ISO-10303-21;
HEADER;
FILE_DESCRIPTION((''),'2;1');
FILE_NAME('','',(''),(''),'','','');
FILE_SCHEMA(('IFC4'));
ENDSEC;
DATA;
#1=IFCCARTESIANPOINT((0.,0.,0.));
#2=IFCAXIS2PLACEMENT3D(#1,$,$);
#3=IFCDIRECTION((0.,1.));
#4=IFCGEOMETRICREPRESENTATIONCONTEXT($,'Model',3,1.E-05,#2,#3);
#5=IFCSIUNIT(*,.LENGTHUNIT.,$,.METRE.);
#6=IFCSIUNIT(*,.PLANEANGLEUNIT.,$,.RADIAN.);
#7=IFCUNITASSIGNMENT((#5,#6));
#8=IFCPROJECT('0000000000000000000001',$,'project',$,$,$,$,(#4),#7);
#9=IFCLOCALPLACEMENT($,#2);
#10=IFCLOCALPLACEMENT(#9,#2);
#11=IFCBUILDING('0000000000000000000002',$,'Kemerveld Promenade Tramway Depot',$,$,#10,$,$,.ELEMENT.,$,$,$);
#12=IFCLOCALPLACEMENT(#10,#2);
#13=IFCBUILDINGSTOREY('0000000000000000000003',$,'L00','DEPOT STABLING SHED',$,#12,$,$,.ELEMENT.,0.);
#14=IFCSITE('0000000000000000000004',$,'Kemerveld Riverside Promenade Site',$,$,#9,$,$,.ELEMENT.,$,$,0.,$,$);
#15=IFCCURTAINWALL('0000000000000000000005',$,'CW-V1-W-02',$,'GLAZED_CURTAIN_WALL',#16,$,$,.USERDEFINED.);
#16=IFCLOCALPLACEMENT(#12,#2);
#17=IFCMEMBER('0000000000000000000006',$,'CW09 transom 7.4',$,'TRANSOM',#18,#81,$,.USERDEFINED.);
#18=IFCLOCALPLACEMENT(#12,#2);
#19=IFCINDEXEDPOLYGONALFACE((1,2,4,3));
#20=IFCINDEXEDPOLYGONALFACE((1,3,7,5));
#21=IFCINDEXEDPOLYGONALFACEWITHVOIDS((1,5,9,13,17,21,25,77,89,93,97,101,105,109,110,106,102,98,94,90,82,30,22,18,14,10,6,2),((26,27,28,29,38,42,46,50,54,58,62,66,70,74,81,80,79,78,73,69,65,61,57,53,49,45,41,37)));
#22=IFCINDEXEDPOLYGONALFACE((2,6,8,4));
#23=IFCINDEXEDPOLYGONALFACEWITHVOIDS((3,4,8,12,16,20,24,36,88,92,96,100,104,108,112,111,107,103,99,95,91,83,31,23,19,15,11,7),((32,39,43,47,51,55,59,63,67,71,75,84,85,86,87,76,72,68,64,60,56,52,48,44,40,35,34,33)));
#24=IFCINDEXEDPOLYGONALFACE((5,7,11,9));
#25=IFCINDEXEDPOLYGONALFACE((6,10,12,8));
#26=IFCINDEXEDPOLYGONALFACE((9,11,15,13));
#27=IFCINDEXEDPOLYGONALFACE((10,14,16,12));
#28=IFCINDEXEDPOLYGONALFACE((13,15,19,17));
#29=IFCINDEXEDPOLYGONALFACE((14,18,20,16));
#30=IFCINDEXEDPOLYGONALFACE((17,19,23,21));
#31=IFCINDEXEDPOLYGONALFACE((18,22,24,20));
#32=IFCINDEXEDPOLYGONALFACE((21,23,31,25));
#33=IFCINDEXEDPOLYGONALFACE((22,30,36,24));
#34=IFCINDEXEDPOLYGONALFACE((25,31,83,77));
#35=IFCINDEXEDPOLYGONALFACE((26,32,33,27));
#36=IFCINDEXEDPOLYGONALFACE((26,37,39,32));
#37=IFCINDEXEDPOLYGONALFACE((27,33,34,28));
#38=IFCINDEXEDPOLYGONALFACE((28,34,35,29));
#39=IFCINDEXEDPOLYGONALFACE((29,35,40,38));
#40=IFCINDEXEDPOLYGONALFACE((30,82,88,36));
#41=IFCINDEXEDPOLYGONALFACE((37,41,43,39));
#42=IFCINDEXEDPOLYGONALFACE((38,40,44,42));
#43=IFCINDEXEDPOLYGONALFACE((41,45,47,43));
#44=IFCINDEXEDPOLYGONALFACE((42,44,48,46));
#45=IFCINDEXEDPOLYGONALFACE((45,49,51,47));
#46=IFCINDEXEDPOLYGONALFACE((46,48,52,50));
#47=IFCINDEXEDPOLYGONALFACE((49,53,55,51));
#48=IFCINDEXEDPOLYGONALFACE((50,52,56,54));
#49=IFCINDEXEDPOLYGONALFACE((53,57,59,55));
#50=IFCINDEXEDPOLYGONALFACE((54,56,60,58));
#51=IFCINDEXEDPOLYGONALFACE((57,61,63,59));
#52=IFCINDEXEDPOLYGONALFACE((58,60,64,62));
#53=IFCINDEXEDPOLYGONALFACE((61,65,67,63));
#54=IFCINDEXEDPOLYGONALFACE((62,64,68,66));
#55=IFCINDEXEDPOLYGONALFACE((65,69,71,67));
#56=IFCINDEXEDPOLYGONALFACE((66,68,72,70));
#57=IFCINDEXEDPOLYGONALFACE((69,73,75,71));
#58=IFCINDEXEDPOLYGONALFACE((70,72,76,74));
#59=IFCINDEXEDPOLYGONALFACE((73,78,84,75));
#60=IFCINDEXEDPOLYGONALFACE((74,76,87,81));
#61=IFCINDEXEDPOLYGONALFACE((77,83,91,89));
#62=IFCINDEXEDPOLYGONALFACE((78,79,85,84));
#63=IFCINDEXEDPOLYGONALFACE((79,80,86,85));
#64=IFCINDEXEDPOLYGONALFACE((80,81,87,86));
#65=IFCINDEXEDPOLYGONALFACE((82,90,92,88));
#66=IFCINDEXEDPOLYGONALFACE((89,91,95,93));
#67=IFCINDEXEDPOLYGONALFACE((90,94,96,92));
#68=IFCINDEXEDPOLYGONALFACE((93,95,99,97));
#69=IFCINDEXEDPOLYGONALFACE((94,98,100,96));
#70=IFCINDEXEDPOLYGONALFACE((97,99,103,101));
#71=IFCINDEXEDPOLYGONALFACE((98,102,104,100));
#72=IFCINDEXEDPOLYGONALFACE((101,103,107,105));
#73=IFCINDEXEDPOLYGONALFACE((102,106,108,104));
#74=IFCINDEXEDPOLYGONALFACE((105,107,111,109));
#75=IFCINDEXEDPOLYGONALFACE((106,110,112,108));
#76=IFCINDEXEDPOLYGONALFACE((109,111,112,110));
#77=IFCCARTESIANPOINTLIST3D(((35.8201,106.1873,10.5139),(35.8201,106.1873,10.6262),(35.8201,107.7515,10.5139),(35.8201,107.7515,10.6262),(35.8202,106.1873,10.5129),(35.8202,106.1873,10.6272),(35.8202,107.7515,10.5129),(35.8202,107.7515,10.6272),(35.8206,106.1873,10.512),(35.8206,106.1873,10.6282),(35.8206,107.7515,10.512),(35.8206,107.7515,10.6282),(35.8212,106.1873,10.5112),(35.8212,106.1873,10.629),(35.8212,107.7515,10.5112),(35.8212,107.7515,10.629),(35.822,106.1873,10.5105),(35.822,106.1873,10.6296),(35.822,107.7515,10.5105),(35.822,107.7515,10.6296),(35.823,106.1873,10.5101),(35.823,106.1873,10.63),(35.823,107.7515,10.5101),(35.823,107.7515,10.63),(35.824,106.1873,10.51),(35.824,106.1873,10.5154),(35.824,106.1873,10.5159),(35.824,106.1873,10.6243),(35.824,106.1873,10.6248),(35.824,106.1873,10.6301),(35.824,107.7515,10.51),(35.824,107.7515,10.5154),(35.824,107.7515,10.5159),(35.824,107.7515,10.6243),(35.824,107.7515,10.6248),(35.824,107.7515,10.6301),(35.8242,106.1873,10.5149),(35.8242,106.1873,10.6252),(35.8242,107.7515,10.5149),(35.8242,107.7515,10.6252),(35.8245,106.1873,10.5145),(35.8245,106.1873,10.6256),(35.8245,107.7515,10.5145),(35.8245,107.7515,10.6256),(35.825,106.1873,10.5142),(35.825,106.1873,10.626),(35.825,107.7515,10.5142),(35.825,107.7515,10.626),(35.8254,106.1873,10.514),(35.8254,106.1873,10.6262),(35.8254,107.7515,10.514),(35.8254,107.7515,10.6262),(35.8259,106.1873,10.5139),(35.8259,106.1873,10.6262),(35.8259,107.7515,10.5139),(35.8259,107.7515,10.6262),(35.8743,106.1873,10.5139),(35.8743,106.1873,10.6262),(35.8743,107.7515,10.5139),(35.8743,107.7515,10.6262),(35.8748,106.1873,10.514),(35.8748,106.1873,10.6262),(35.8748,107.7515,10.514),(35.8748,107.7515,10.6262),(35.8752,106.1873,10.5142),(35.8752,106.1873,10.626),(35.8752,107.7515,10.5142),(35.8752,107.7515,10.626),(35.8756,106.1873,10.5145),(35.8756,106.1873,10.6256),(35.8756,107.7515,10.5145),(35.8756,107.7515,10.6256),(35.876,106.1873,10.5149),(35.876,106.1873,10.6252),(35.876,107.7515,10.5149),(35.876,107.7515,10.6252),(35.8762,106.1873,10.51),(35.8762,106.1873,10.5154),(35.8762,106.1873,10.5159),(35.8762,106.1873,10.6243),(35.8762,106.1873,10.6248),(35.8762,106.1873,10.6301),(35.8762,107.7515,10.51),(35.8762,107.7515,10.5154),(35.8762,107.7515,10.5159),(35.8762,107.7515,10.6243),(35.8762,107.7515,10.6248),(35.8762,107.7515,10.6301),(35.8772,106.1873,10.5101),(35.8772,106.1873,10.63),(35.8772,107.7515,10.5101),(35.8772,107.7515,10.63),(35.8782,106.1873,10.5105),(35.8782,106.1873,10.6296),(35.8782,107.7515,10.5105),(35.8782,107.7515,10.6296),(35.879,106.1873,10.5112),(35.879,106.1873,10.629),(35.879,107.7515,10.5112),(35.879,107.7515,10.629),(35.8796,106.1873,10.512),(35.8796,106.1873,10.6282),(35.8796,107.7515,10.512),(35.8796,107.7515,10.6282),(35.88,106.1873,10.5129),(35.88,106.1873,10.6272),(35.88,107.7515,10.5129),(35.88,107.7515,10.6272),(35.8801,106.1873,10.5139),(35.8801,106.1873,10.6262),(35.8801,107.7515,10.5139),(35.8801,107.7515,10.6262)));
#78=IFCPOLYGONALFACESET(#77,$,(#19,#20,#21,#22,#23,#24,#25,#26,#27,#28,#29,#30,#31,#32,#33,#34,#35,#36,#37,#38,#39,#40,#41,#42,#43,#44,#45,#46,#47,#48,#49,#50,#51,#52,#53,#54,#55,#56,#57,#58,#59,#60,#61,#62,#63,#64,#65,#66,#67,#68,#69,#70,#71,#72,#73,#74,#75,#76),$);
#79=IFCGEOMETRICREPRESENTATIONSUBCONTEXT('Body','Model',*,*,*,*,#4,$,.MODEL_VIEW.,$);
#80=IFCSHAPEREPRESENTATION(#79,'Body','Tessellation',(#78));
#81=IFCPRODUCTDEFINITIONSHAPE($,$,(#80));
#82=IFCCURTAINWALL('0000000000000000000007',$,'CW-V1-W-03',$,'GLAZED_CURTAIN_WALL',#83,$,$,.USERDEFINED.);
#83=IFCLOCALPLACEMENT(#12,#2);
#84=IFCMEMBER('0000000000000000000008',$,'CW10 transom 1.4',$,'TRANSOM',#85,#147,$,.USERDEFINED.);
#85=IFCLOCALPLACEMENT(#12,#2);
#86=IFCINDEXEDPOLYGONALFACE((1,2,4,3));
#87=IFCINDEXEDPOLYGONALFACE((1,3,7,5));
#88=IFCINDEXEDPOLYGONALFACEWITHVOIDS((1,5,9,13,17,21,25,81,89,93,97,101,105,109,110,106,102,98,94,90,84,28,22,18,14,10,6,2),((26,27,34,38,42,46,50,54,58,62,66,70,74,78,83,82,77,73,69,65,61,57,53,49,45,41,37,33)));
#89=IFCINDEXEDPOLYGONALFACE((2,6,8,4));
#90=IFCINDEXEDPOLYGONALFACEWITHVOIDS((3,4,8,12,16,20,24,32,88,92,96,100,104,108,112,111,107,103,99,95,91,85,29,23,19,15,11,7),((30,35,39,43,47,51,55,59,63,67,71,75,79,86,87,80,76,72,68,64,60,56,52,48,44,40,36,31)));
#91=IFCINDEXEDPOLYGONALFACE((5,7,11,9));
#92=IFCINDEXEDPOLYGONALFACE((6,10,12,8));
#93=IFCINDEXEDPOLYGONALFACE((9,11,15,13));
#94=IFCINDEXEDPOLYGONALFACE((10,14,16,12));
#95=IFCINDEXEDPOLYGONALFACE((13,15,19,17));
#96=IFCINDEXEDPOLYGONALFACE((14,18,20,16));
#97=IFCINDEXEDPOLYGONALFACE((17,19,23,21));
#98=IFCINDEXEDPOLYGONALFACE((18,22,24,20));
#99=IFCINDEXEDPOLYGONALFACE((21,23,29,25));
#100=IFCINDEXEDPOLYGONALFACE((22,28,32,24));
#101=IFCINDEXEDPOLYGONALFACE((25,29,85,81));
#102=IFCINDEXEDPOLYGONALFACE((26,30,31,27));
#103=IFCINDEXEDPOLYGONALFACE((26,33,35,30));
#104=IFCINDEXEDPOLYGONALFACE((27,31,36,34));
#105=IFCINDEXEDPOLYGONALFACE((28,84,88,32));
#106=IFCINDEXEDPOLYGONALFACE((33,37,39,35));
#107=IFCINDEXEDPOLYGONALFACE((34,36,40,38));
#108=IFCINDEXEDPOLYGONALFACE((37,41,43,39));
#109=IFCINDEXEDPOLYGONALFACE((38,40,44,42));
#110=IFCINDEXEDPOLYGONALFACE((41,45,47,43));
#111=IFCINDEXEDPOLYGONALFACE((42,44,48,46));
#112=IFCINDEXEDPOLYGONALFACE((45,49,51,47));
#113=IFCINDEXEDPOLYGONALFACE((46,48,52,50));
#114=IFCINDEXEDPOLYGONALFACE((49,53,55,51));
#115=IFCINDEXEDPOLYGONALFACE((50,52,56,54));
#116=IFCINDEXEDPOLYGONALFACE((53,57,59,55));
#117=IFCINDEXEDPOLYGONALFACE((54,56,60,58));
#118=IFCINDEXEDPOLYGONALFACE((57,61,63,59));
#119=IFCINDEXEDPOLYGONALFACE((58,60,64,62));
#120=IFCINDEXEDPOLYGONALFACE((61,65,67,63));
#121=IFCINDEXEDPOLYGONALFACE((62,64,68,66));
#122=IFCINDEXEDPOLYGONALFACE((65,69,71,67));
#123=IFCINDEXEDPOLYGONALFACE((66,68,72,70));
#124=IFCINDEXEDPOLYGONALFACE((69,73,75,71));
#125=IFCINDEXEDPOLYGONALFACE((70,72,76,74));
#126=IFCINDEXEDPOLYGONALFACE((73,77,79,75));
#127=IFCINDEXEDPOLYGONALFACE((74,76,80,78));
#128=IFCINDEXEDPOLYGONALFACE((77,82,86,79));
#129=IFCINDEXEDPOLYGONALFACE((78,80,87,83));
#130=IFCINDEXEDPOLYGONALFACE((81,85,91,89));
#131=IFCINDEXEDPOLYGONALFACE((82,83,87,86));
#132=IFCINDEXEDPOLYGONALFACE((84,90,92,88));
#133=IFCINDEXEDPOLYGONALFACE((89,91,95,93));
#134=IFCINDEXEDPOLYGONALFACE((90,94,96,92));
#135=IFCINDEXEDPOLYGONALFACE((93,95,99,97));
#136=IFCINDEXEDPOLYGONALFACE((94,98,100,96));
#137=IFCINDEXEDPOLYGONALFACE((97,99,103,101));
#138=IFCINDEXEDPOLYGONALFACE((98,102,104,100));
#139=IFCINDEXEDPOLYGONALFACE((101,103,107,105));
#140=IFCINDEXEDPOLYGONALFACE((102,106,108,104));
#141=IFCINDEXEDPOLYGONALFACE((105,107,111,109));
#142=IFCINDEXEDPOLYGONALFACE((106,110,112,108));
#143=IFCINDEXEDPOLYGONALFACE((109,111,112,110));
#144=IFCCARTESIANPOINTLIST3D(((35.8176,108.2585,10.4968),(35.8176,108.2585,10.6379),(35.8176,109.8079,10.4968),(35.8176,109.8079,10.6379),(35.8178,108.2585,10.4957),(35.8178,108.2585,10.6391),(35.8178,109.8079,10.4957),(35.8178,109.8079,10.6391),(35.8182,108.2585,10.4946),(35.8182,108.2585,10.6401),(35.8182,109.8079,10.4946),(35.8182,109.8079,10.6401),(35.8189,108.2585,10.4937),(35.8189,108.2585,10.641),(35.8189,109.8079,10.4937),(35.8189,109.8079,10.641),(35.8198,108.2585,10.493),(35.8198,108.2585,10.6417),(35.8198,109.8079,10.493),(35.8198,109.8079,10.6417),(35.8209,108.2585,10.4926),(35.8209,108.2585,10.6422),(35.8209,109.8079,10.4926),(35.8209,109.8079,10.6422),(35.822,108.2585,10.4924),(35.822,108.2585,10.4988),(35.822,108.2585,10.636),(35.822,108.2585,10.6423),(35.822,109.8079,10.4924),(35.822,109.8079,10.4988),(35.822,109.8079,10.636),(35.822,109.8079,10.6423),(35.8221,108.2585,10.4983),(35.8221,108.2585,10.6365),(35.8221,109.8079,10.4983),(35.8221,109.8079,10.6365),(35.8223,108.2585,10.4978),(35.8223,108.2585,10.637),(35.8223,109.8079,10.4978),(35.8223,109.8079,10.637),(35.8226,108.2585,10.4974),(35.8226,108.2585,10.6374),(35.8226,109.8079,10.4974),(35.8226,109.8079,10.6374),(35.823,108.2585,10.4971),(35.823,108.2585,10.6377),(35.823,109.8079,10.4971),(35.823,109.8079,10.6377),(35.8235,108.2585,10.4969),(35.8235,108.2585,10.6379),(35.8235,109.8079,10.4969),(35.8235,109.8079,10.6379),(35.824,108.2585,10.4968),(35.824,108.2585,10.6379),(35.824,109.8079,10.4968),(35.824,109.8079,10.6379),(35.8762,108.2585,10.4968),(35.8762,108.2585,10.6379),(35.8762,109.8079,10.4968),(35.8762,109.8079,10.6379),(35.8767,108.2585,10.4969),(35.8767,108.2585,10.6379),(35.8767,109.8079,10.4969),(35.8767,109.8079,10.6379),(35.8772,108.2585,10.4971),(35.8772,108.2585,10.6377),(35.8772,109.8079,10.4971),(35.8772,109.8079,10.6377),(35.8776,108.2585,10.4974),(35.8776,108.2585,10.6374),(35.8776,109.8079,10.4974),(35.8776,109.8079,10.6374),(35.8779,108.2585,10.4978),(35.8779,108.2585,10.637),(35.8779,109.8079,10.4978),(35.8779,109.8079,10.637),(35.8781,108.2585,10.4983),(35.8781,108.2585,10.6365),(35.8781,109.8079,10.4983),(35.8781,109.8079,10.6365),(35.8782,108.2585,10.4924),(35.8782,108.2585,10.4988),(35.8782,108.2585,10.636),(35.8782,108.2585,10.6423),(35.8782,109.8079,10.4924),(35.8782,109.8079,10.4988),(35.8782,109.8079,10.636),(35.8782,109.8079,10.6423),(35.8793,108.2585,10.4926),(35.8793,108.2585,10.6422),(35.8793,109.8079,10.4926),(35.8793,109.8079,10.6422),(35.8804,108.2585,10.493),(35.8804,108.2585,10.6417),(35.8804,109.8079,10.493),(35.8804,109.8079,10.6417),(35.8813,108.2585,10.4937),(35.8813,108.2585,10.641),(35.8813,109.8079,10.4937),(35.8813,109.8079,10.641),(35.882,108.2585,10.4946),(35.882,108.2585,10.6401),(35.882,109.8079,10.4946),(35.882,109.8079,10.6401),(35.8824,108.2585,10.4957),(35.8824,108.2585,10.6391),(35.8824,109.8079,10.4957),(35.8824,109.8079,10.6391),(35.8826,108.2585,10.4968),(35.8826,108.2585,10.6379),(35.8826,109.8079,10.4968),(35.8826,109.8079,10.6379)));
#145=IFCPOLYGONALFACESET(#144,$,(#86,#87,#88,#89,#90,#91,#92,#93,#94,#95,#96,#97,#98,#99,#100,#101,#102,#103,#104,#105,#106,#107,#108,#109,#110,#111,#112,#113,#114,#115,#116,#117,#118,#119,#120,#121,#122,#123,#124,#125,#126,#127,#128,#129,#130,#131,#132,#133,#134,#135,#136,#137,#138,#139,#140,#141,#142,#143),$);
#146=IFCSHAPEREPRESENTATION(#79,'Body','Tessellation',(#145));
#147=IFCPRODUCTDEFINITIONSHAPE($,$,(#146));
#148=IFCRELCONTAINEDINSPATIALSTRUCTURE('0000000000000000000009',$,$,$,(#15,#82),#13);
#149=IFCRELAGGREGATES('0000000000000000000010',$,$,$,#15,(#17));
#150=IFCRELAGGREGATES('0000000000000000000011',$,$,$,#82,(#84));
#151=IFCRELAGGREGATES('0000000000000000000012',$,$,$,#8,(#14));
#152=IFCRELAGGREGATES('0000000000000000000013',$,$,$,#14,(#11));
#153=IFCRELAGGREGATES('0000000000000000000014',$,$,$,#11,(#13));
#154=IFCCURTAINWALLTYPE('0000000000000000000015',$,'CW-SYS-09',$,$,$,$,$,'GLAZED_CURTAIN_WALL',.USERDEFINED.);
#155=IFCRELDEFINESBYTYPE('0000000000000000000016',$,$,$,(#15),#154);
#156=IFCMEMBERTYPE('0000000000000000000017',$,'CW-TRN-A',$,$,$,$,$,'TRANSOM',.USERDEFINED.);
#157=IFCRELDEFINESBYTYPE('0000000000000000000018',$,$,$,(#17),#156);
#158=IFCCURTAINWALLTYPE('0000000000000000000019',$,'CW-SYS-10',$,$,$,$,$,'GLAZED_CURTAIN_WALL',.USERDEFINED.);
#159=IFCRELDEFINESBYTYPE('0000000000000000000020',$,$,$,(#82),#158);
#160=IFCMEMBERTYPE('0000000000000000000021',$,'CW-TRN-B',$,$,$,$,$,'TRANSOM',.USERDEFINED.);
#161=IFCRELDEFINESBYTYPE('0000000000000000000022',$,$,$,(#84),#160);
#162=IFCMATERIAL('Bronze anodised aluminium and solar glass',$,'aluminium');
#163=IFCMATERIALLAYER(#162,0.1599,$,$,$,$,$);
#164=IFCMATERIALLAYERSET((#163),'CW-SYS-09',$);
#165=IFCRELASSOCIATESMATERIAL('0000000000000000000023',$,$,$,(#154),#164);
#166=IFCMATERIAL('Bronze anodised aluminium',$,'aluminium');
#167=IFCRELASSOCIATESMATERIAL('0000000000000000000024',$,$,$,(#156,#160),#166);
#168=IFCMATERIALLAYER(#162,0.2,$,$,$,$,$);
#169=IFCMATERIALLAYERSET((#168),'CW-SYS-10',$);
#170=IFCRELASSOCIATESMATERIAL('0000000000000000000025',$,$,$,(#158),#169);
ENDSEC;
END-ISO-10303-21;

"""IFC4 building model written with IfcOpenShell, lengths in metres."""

from ifc_helpers import new_model, si_unit, direction, frame, origin, origin_2d, place, context, subcontext, project, spatial, hollow_rectangle, extrude, material, layer, layer_set, material_profile, profile_set, type_object, element, aggregate, save


model = new_model("IFC4")

# Units and contexts
model_context = context("Model", 3, precision=1e-05, world=origin(), true_north=direction((0.0, 1.0)))
body_context = subcontext(model_context, "Body", "Model", "MODEL_VIEW")
ifc_project = project(units=[si_unit("LENGTHUNIT", "METRE"), si_unit("PLANEANGLEUNIT", "RADIAN")], contexts=[model_context])

# Site, building, storey
site_placement = place(None, origin())
site = spatial("IfcSite", under=ifc_project, at=site_placement, Name="Kemerveld Riverside Promenade Site", CompositionType="ELEMENT", RefElevation=0.0)
building_placement = place(site_placement, origin())
building = spatial("IfcBuilding", under=site, at=building_placement, Name="Kemerveld Promenade Tramway Depot", CompositionType="ELEMENT")
storey_placement = place(building_placement, origin())
storey = spatial("IfcBuildingStorey", under=building, at=storey_placement, Name="L00", Description="DEPOT STABLING SHED", CompositionType="ELEMENT", Elevation=0.0)

# Curtain walls, members
ifc_material_1 = material(Name="Bronze anodised aluminium and solar glass", Category="aluminium")
ifc_layer_1 = layer(ifc_material_1, 0.1599)
ifc_layer_set_1 = layer_set([ifc_layer_1], Name="CW-SYS-09")
curtain_wall_type_1 = type_object("IfcCurtainWallType", Name="CW-SYS-09", ElementType="GLAZED_CURTAIN_WALL", PredefinedType="USERDEFINED", material=ifc_layer_set_1)
curtain_wall_1_placement = place(storey_placement, origin())
curtain_wall_1 = element("IfcCurtainWall", 1, at=curtain_wall_1_placement, inside=storey, type_object=curtain_wall_type_1, Name="CW-V1-W-02", ObjectType="GLAZED_CURTAIN_WALL", PredefinedType="USERDEFINED")
ifc_material_2 = material(Name="Bronze anodised aluminium", Category="aluminium")
ifc_material_profile_1 = material_profile(ifc_material_2, hollow_rectangle(XDim=0.0601, YDim=0.1201, WallThickness=0.0039, InnerFilletRadius=0.002, OuterFilletRadius=0.0039, at=origin_2d()), Name="CW-TRN-120x60")
ifc_profile_set_1 = profile_set([ifc_material_profile_1], Name="Bronze anodised aluminium")
member_type_1 = type_object("IfcMemberType", Name="CW-TRN-A", ElementType="TRANSOM", PredefinedType="USERDEFINED", material=ifc_profile_set_1)
member_1_placement = place(storey_placement, frame((35.8501, 106.1873, 10.5701), z_axis=(0.0, 1.0, 0.0), x_axis=(-1.0, 0.0, 0.0)))
member_1 = element("IfcMember", 2, at=member_1_placement, type_object=member_type_1, Name="CW09 transom 7.4", ObjectType="TRANSOM", PredefinedType="USERDEFINED", context=body_context, shape_type="SweptSolid", body=[
    extrude(hollow_rectangle(XDim=0.0601, YDim=0.1201, WallThickness=0.0039, InnerFilletRadius=0.002, OuterFilletRadius=0.0039, at=origin_2d()), origin(), (0.0, 0.0, 1.0), 1.5642),
])
ifc_layer_2 = layer(ifc_material_1, 0.2)
ifc_layer_set_2 = layer_set([ifc_layer_2], Name="CW-SYS-10")
curtain_wall_type_2 = type_object("IfcCurtainWallType", Name="CW-SYS-10", ElementType="GLAZED_CURTAIN_WALL", PredefinedType="USERDEFINED", material=ifc_layer_set_2)
curtain_wall_2_placement = place(storey_placement, origin())
curtain_wall_2 = element("IfcCurtainWall", 3, at=curtain_wall_2_placement, inside=storey, type_object=curtain_wall_type_2, Name="CW-V1-W-03", ObjectType="GLAZED_CURTAIN_WALL", PredefinedType="USERDEFINED")
ifc_material_profile_2 = material_profile(ifc_material_2, hollow_rectangle(XDim=0.0649, YDim=0.1499, WallThickness=0.0044, InnerFilletRadius=0.002, OuterFilletRadius=0.0044, at=origin_2d()), Name="CW-TRN-150x65")
ifc_profile_set_2 = profile_set([ifc_material_profile_2], Name="Bronze anodised aluminium")
member_type_2 = type_object("IfcMemberType", Name="CW-TRN-B", ElementType="TRANSOM", PredefinedType="USERDEFINED", material=ifc_profile_set_2)
member_2_placement = place(storey_placement, frame((35.8501, 108.2585, 10.5674), z_axis=(0.0, 1.0, 0.0), x_axis=(-1.0, 0.0, 0.0)))
member_2 = element("IfcMember", 4, at=member_2_placement, type_object=member_type_2, Name="CW10 transom 1.4", ObjectType="TRANSOM", PredefinedType="USERDEFINED", context=body_context, shape_type="SweptSolid", body=[
    extrude(hollow_rectangle(XDim=0.0649, YDim=0.1499, WallThickness=0.0044, InnerFilletRadius=0.002, OuterFilletRadius=0.0044, at=origin_2d()), origin(), (0.0, 0.0, 1.0), 1.5493),
])

aggregate(curtain_wall_1, [member_1])
aggregate(curtain_wall_2, [member_2])

save(model, "model.ifc")
